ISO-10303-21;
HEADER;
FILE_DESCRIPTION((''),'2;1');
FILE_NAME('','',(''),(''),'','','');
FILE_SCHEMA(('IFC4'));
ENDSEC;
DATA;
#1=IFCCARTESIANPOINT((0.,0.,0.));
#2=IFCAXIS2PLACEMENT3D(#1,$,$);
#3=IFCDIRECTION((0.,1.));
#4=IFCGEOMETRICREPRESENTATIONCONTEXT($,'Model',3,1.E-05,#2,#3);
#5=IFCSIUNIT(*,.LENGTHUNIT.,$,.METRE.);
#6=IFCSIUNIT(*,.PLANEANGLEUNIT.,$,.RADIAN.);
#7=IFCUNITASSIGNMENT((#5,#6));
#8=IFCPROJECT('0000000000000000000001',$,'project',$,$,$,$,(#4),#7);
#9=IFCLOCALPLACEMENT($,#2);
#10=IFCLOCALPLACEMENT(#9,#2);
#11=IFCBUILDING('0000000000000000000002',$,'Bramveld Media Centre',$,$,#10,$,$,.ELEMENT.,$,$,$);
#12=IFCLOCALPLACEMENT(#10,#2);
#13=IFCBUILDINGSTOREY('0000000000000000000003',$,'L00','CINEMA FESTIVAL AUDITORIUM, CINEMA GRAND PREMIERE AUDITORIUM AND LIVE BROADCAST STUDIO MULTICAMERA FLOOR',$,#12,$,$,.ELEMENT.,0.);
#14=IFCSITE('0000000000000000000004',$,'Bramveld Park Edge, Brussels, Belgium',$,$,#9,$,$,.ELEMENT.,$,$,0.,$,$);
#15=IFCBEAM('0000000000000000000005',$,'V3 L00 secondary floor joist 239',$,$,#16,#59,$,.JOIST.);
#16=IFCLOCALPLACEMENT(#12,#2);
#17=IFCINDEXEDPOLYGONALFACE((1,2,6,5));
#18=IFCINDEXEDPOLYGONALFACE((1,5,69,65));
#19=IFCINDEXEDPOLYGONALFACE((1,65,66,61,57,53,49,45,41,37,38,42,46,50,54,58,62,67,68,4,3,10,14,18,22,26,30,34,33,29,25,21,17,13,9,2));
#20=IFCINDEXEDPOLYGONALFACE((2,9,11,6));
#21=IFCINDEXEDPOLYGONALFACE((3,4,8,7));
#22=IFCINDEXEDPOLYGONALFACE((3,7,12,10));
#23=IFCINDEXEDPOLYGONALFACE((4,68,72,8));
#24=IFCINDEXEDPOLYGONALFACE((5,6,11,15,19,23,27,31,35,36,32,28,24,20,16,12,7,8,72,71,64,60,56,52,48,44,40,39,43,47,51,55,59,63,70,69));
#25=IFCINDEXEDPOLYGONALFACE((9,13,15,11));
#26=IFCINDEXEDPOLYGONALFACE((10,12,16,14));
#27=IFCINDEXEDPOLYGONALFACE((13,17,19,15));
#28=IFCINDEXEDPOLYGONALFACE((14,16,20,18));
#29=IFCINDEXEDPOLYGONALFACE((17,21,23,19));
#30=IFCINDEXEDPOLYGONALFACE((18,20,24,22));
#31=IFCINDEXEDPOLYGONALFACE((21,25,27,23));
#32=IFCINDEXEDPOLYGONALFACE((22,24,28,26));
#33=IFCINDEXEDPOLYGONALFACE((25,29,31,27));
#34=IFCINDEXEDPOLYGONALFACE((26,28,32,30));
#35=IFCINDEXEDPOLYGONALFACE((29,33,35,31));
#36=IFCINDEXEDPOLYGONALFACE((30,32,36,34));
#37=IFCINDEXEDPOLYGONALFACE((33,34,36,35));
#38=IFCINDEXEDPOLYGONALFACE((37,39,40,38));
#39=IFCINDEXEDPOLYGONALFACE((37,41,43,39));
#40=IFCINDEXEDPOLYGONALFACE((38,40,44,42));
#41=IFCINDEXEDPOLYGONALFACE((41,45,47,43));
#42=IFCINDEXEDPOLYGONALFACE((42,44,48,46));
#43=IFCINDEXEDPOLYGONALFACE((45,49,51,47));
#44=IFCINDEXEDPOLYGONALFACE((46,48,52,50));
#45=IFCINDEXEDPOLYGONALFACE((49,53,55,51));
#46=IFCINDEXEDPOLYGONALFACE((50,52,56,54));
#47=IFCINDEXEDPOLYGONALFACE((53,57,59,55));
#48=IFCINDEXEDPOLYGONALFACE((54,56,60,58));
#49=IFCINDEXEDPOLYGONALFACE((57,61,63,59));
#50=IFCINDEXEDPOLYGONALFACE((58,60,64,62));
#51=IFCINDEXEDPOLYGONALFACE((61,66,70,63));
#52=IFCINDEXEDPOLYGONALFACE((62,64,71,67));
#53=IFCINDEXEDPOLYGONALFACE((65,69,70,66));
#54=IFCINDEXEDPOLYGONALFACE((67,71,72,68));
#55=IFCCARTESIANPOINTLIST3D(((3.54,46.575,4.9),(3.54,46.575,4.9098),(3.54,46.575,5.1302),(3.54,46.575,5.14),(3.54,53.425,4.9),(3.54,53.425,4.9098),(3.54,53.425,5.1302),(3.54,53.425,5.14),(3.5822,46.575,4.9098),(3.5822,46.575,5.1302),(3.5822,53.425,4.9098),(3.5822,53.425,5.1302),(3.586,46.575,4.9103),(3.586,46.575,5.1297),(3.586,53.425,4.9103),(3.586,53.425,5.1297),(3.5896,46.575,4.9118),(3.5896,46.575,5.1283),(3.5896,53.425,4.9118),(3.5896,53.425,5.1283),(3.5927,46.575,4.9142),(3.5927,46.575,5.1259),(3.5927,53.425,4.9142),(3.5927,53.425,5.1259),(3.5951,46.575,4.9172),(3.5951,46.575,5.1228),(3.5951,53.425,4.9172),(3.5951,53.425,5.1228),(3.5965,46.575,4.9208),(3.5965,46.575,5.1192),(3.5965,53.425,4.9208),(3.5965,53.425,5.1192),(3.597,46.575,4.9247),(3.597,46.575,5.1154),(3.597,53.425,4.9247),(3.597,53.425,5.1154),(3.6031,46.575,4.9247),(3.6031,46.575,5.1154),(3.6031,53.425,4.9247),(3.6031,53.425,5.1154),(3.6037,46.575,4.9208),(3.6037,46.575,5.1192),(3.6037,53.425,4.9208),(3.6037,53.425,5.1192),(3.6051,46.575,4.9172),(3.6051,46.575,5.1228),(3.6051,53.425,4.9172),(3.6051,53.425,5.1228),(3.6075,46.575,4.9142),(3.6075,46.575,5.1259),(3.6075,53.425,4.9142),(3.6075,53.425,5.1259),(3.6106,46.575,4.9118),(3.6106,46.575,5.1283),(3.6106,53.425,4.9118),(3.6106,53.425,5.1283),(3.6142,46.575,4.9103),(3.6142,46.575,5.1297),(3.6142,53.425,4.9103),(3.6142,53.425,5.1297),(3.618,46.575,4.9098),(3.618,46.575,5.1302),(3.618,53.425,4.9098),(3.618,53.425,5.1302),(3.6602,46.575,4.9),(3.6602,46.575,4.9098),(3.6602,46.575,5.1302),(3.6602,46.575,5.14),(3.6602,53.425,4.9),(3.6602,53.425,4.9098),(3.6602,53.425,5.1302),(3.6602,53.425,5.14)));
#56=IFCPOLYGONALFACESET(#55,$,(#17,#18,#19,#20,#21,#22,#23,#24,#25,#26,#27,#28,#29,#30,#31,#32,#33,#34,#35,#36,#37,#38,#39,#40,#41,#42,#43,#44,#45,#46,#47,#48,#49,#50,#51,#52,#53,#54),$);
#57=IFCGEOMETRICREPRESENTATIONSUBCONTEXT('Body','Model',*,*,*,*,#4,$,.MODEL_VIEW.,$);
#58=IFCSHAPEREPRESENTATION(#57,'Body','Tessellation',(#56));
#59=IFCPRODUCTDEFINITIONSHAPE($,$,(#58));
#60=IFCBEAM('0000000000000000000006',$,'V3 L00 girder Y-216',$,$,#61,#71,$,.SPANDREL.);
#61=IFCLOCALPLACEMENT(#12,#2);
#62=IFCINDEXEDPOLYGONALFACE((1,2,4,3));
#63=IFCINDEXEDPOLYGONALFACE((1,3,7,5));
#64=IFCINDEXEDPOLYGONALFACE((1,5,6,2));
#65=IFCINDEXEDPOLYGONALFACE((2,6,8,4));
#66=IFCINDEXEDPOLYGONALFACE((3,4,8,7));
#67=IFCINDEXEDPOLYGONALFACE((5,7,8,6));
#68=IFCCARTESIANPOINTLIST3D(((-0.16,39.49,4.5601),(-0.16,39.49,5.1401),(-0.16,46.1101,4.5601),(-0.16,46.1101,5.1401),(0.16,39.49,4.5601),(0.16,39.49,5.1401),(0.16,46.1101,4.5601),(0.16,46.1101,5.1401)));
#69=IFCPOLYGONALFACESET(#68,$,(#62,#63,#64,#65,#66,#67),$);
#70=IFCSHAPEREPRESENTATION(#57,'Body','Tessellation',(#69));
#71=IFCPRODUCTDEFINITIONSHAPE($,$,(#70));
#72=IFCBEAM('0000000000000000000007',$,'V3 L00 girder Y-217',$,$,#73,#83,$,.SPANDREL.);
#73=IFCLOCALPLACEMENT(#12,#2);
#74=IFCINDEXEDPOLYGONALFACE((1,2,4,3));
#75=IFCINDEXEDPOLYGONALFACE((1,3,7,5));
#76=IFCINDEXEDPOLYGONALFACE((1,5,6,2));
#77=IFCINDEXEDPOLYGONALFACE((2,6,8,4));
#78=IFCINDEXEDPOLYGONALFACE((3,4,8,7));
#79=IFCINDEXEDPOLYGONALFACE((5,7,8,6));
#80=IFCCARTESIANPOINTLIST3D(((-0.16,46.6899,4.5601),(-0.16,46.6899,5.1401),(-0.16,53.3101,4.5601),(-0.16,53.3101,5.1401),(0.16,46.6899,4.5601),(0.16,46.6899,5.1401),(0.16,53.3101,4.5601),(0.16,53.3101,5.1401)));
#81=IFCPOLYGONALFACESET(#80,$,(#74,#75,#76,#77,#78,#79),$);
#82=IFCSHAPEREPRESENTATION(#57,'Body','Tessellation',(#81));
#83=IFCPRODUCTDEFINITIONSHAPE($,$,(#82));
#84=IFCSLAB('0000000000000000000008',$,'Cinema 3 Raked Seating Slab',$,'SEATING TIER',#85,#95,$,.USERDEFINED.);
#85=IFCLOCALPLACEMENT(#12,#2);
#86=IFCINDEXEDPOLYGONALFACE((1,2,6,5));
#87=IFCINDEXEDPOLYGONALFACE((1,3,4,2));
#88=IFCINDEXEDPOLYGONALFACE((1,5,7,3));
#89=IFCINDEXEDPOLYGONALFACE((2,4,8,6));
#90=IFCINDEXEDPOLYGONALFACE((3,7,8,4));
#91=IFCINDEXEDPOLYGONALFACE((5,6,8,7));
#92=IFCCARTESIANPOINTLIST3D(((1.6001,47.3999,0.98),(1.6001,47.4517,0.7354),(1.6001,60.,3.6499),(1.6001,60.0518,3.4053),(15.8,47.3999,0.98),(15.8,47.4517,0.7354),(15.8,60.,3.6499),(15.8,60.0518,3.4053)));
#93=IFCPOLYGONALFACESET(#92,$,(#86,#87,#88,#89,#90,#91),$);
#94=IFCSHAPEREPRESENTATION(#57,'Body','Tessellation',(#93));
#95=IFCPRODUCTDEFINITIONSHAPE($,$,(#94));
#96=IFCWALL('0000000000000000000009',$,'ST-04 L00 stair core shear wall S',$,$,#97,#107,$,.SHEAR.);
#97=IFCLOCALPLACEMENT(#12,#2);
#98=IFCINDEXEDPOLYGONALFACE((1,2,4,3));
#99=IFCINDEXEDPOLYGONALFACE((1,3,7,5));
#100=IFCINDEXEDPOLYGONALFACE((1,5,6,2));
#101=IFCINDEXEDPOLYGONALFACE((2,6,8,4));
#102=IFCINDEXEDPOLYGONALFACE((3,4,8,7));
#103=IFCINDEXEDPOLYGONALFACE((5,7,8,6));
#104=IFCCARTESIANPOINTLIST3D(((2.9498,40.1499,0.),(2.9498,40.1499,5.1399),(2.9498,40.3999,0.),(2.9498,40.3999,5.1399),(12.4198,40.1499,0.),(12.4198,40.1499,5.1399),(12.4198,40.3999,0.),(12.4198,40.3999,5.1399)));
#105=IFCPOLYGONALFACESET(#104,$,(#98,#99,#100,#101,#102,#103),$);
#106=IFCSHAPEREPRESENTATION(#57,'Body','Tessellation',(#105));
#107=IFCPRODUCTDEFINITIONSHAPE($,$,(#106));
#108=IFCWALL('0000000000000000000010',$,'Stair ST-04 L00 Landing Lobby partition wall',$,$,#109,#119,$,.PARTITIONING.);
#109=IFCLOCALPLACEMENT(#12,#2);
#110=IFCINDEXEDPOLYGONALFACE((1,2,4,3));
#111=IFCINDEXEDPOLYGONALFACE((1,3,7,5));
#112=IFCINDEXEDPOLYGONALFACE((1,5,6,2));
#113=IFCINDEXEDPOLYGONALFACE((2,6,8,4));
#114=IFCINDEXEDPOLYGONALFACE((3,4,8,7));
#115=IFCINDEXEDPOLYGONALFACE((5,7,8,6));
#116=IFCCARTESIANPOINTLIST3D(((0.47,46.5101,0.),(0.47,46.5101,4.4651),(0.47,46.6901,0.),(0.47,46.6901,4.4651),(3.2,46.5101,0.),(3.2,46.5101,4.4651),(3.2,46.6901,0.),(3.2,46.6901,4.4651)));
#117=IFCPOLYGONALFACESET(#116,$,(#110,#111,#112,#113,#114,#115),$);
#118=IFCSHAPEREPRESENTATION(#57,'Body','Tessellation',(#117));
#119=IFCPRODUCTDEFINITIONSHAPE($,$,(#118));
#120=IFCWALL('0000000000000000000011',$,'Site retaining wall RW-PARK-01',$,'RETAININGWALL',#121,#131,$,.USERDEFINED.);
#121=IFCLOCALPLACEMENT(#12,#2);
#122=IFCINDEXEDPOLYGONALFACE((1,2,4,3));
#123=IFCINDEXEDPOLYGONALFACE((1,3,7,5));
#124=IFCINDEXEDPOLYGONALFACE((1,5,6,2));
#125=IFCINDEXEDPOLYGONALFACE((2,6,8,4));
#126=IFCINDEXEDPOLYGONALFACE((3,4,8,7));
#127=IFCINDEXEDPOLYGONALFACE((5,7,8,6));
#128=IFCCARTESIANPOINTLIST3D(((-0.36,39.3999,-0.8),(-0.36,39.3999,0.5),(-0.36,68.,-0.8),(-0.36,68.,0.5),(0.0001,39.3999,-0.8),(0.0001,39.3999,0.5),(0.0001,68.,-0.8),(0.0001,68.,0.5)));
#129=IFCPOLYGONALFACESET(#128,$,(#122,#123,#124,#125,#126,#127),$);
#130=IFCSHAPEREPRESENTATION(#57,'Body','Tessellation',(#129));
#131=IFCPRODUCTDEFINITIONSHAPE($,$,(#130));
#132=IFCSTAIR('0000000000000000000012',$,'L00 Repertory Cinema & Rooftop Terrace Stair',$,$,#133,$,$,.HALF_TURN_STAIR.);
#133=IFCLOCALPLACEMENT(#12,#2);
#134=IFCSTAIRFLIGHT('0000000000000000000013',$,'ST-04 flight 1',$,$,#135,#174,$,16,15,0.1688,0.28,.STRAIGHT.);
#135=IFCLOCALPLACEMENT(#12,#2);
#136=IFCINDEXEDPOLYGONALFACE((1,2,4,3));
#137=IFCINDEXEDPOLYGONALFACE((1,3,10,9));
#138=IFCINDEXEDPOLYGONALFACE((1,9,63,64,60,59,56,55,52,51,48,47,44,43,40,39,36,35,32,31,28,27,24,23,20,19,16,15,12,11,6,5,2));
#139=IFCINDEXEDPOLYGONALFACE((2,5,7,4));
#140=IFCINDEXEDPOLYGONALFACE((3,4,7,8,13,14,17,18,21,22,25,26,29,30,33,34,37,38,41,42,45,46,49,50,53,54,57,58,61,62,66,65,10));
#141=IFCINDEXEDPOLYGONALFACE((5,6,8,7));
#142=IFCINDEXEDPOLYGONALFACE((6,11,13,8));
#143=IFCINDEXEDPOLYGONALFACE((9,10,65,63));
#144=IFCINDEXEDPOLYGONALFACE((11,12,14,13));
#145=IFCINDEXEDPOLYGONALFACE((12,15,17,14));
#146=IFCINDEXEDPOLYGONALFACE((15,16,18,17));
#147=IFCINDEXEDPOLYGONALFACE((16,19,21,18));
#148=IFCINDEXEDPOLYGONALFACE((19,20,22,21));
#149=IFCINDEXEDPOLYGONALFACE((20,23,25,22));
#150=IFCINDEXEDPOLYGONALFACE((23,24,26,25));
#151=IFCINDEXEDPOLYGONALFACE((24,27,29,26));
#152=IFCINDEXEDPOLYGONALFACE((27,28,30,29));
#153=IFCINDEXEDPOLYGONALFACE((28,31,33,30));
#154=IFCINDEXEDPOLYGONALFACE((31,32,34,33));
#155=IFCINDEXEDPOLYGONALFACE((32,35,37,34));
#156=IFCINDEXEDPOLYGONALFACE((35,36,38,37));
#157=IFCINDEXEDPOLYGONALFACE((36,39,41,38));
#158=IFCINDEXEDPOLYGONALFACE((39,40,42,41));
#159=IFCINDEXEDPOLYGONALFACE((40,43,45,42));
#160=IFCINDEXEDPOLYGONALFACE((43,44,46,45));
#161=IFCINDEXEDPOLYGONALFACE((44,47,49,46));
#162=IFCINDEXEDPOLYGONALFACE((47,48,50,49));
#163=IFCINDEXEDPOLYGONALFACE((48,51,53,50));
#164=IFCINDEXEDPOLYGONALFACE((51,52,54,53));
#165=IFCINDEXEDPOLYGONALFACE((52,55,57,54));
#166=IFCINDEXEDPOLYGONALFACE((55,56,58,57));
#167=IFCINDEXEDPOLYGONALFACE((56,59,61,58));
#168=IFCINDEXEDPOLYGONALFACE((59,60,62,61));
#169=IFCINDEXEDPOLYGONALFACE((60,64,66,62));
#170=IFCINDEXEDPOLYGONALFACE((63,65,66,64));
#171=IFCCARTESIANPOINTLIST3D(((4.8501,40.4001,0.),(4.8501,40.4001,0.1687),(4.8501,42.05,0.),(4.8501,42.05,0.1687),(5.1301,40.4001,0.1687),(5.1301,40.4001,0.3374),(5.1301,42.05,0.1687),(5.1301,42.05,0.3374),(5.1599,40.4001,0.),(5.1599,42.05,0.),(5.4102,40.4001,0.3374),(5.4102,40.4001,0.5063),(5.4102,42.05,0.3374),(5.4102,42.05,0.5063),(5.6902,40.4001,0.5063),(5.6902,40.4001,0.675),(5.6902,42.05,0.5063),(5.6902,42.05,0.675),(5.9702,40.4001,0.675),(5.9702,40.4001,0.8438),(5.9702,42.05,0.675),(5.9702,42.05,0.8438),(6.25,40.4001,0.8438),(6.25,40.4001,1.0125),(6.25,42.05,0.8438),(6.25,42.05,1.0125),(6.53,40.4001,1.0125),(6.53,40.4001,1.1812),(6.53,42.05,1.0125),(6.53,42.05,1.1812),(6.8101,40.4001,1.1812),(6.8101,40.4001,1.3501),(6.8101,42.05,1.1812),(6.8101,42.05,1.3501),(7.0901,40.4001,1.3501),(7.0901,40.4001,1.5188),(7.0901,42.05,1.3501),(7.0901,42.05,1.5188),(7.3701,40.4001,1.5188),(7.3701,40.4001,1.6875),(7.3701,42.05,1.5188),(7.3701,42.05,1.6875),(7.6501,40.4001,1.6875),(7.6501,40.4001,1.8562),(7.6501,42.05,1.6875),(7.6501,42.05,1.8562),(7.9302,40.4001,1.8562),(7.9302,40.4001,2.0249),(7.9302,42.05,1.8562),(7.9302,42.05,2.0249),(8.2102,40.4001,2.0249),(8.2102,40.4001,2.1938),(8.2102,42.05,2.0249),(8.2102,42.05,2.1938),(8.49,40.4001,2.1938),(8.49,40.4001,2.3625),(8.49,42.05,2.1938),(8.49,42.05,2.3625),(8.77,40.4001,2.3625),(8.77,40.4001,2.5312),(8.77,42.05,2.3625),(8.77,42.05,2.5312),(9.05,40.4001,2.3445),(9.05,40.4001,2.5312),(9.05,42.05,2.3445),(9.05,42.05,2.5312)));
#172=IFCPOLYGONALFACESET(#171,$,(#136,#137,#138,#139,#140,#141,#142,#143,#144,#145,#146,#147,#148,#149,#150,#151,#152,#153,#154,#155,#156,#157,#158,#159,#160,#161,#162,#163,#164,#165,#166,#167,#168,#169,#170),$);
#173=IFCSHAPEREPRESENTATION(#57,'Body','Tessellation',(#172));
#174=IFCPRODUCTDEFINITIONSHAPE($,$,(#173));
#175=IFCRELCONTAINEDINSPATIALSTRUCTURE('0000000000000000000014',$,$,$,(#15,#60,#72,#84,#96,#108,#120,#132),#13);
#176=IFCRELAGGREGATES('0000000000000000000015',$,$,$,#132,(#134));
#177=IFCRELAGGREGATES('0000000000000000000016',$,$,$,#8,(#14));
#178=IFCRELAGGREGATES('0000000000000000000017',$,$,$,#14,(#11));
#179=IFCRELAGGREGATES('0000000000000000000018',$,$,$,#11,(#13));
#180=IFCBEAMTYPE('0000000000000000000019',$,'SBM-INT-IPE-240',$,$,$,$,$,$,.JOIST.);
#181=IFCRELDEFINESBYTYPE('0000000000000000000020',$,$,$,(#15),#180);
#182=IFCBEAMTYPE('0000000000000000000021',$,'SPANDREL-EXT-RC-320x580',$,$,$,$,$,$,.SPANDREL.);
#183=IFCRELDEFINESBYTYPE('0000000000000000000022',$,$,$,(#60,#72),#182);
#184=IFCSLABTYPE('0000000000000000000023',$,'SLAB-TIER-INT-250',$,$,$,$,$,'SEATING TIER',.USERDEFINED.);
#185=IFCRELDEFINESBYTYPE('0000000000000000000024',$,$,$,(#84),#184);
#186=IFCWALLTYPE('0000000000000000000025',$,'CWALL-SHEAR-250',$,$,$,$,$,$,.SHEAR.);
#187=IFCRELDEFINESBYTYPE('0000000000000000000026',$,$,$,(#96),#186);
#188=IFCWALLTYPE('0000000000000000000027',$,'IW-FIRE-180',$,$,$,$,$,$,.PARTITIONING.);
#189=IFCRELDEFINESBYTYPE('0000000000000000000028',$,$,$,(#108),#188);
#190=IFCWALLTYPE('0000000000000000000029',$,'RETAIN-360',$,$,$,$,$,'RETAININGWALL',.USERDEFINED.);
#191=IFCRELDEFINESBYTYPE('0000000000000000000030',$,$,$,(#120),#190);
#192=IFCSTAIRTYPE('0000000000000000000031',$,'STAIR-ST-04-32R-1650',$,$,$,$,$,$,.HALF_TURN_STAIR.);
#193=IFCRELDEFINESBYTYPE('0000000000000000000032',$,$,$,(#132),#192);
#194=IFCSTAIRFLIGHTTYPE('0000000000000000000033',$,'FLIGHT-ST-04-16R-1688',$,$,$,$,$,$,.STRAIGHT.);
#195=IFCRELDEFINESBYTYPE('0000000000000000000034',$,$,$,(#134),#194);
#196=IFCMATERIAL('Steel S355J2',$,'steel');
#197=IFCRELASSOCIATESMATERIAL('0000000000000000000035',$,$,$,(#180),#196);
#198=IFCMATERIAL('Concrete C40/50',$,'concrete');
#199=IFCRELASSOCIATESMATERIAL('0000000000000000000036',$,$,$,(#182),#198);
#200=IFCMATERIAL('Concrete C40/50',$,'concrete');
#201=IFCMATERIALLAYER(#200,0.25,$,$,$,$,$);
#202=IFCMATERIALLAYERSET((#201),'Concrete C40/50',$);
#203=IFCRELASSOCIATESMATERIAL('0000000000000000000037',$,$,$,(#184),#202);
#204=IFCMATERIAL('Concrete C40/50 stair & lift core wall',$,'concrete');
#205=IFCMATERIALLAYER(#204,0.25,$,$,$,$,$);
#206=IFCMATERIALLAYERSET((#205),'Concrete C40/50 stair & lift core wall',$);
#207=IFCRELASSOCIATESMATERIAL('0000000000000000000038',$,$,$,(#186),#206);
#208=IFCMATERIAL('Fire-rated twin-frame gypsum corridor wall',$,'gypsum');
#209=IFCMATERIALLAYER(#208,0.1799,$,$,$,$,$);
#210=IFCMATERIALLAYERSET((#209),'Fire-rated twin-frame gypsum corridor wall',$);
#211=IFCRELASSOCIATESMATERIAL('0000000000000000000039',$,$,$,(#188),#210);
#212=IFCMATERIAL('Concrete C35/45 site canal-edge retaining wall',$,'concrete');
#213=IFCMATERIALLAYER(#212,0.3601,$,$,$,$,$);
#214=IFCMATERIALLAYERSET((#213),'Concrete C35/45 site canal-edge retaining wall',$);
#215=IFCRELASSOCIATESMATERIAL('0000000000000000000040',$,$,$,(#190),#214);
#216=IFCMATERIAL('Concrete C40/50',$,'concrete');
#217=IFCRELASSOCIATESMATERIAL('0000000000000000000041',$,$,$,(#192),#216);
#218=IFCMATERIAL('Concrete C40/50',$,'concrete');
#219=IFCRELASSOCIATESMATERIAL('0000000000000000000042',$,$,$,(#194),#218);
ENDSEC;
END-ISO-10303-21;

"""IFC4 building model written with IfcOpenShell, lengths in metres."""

from ifc_helpers import new_model, si_unit, direction, frame, frame_2d, origin, origin_2d, place, context, subcontext, project, spatial, polyline, rectangle, i_section, outline, extrude, material, layer, layer_set, material_profile, profile_set, type_object, element, aggregate, save


model = new_model("IFC4")

# Units and contexts
model_context = context("Model", 3, precision=1e-05, world=origin(), true_north=direction((0.0, 1.0)))
body_context = subcontext(model_context, "Body", "Model", "MODEL_VIEW")
ifc_project = project(units=[si_unit("LENGTHUNIT", "METRE"), si_unit("PLANEANGLEUNIT", "RADIAN")], contexts=[model_context])

# Site, building, storey
site_placement = place(None, origin())
site = spatial("IfcSite", under=ifc_project, at=site_placement, Name="Bramveld Park Edge, Brussels, Belgium", CompositionType="ELEMENT", RefElevation=0.0)
building_placement = place(site_placement, origin())
building = spatial("IfcBuilding", under=site, at=building_placement, Name="Bramveld Media Centre", CompositionType="ELEMENT")
storey_placement = place(building_placement, origin())
storey = spatial("IfcBuildingStorey", under=building, at=storey_placement, Name="L00", Description="CINEMA FESTIVAL AUDITORIUM, CINEMA GRAND PREMIERE AUDITORIUM AND LIVE BROADCAST STUDIO MULTICAMERA FLOOR", CompositionType="ELEMENT", Elevation=0.0)

# Beams
ifc_material_1 = material(Name="Steel S355J2", Category="steel")
ifc_material_profile_1 = material_profile(ifc_material_1, i_section(OverallWidth=0.1201, OverallDepth=0.24, WebThickness=0.0061, FlangeThickness=0.0098, FilletRadius=0.0149, at=origin_2d()), Name="IPE 240")
ifc_profile_set_1 = profile_set([ifc_material_profile_1], Name="Steel S355J2")
beam_type_1 = type_object("IfcBeamType", Name="SBM-INT-IPE-240", PredefinedType="JOIST", material=ifc_profile_set_1)
beam_1_placement = place(storey_placement, frame((3.6001, 46.575, 5.02), z_axis=(0.0, 1.0, 0.0), x_axis=(-1.0, 0.0, 0.0)))
element("IfcBeam", 1, at=beam_1_placement, inside=storey, type_object=beam_type_1, Name="V3 L00 secondary floor joist 239", PredefinedType="JOIST", context=body_context, shape_type="SweptSolid", body=[
    extrude(i_section(OverallWidth=0.1201, OverallDepth=0.24, WebThickness=0.0061, FlangeThickness=0.0098, FilletRadius=0.0149, at=origin_2d()), origin(), (0.0, 0.0, 1.0), 6.8501),
])
ifc_material_2 = material(Name="Concrete C40/50", Category="concrete")
ifc_material_profile_2 = material_profile(ifc_material_2, rectangle(XDim=0.3201, YDim=0.5801, at=origin_2d()), Name="RC 320x580")
ifc_profile_set_2 = profile_set([ifc_material_profile_2], Name="Concrete C40/50")
beam_type_2 = type_object("IfcBeamType", Name="SPANDREL-EXT-RC-320x580", PredefinedType="SPANDREL", material=ifc_profile_set_2)
for number, where, z_axis, x_axis, name in (
    (2, (0.0, 39.49, 4.8501), (0.0, 1.0, 0.0), (-1.0, 0.0, 0.0), "V3 L00 girder Y-216"),
    (3, (0.0, 46.6899, 4.8501), (0.0, 1.0, 0.0), (-1.0, 0.0, 0.0), "V3 L00 girder Y-217"),
):
    element("IfcBeam", number, at=place(storey_placement, frame(where, z_axis=z_axis, x_axis=x_axis)), inside=storey, type_object=beam_type_2, Name=name, PredefinedType="SPANDREL", context=body_context, shape_type="SweptSolid", body=[
        extrude(rectangle(XDim=0.3201, YDim=0.5801, at=origin_2d()), origin(), (0.0, 0.0, 1.0), 6.6201),
    ])

# Slab
ifc_material_3 = material(Name="Concrete C40/50", Category="concrete")
ifc_layer_1 = layer(ifc_material_3, 0.25)
ifc_layer_set_1 = layer_set([ifc_layer_1], Name="Concrete C40/50")
slab_type = type_object("IfcSlabType", Name="SLAB-TIER-INT-250", ElementType="SEATING TIER", PredefinedType="USERDEFINED", material=ifc_layer_set_1)
slab_placement = place(storey_placement, frame((1.6001, 47.3999, 0.98), z_axis=(0.0, -0.207294, 0.978279), x_axis=(1.0, 0.0, 0.0)))
element("IfcSlab", 4, at=slab_placement, inside=storey, type_object=slab_type, Name="Cinema 3 Raked Seating Slab", ObjectType="SEATING TIER", PredefinedType="USERDEFINED", context=body_context, shape_type="SweptSolid", body=[
    extrude(outline(polyline([(0.0, 0.0), (14.2, 0.0), (14.2, 12.8799), (0.0, 12.8799), (0.0, 0.0)])), origin(), (0.0, 0.0, -1.0), 0.25),
])

# Wall
ifc_material_4 = material(Name="Concrete C40/50 stair & lift core wall", Category="concrete")
ifc_layer_2 = layer(ifc_material_4, 0.25)
ifc_layer_set_2 = layer_set([ifc_layer_2], Name="Concrete C40/50 stair & lift core wall")
wall_type_1 = type_object("IfcWallType", Name="CWALL-SHEAR-250", PredefinedType="SHEAR", material=ifc_layer_set_2)
wall_1_placement = place(storey_placement, frame((2.95, 40.2749, 0.0), z_axis=(0.0, 0.0, 1.0), x_axis=(1.0, 0.0, 0.0)))
element("IfcWall", 5, at=wall_1_placement, inside=storey, type_object=wall_type_1, Name="ST-04 L00 stair core shear wall S", PredefinedType="SHEAR", context=body_context, shape_type="SweptSolid", body=[
    extrude(rectangle(XDim=9.47, YDim=0.25, at=frame_2d((4.7349, 0.0))), origin(), (0.0, 0.0, 1.0), 5.1399),
])

# Walls
ifc_material_5 = material(Name="Fire-rated twin-frame gypsum corridor wall", Category="gypsum")
ifc_layer_3 = layer(ifc_material_5, 0.1799)
ifc_layer_set_3 = layer_set([ifc_layer_3], Name="Fire-rated twin-frame gypsum corridor wall")
wall_type_2 = type_object("IfcWallType", Name="IW-FIRE-180", PredefinedType="PARTITIONING", material=ifc_layer_set_3)
wall_2_placement = place(storey_placement, frame((0.47, 46.6001, 0.0), z_axis=(0.0, 0.0, 1.0), x_axis=(1.0, 0.0, 0.0)))
element("IfcWall", 6, at=wall_2_placement, inside=storey, type_object=wall_type_2, Name="Stair ST-04 L00 Landing Lobby partition wall", PredefinedType="PARTITIONING", context=body_context, shape_type="SweptSolid", body=[
    extrude(rectangle(XDim=2.73, YDim=0.1799, at=frame_2d((1.365, 0.0))), origin(), (0.0, 0.0, 1.0), 4.4651),
])
ifc_material_6 = material(Name="Concrete C35/45 site canal-edge retaining wall", Category="concrete")
ifc_layer_4 = layer(ifc_material_6, 0.3601)
ifc_layer_set_4 = layer_set([ifc_layer_4], Name="Concrete C35/45 site canal-edge retaining wall")
wall_type_3 = type_object("IfcWallType", Name="RETAIN-360", ElementType="RETAININGWALL", PredefinedType="USERDEFINED", material=ifc_layer_set_4)
wall_3_placement = place(storey_placement, frame((-0.1799, 39.3999, -0.8), z_axis=(0.0, 0.0, 1.0), x_axis=(0.0, 1.0, 0.0)))
element("IfcWall", 7, at=wall_3_placement, inside=storey, type_object=wall_type_3, Name="Site retaining wall RW-PARK-01", ObjectType="RETAININGWALL", PredefinedType="USERDEFINED", context=body_context, shape_type="SweptSolid", body=[
    extrude(rectangle(XDim=28.6001, YDim=0.3601, at=frame_2d((14.3, 0.0))), origin(), (0.0, 0.0, 1.0), 1.3),
])

# Stair, stair flight
ifc_material_7 = material(Name="Concrete C40/50", Category="concrete")
stair_type = type_object("IfcStairType", Name="STAIR-ST-04-32R-1650", PredefinedType="HALF_TURN_STAIR", material=ifc_material_7)
stair_placement = place(storey_placement, origin())
stair = element("IfcStair", 8, at=stair_placement, inside=storey, type_object=stair_type, Name="L00 Repertory Cinema & Rooftop Terrace Stair", PredefinedType="HALF_TURN_STAIR")
ifc_material_8 = material(Name="Concrete C40/50", Category="concrete")
stair_flight_type = type_object("IfcStairFlightType", Name="FLIGHT-ST-04-16R-1688", PredefinedType="STRAIGHT", material=ifc_material_8)
stair_flight_placement = place(storey_placement, frame((4.8501, 41.2251, 0.0), z_axis=(0.0, 0.0, 1.0), x_axis=(1.0, 0.0, 0.0)))
stair_flight = element("IfcStairFlight", 9, at=stair_flight_placement, type_object=stair_flight_type, Name="ST-04 flight 1", NumberOfRisers=16, NumberOfTreads=15, PredefinedType="STRAIGHT", RiserHeight=0.1688, TreadLength=0.28, context=body_context, shape_type="SweptSolid", body=[
    extrude(outline(polyline([(0.0, 0.0), (0.0, 0.1687), (0.28, 0.1687), (0.28, 0.3374), (0.5601, 0.3374), (0.5601, 0.5063), (0.8401, 0.5063), (0.8401, 0.675), (1.1201, 0.675), (1.1201, 0.8438), (1.3999, 0.8438), (1.3999, 1.0125), (1.6799, 1.0125), (1.6799, 1.1812), (1.96, 1.1812), (1.96, 1.3501), (2.24, 1.3501), (2.24, 1.5188), (2.52, 1.5188), (2.52, 1.6875), (2.8, 1.6875), (2.8, 1.8562), (3.0801, 1.8562), (3.0801, 2.0249), (3.3601, 2.0249), (3.3601, 2.1938), (3.6399, 2.1938), (3.6399, 2.3625), (3.9199, 2.3625), (3.9199, 2.5312), (4.2, 2.5312), (4.2, 2.7), (4.2, 2.3445), (0.3098, 0.0), (0.0, 0.0)])), frame((0.0, 0.825, 0.0), z_axis=(0.0, -1.0, 0.0), x_axis=(1.0, 0.0, 0.0)), (0.0, 0.0, 1.0), 1.6499),
])
aggregate(stair, [stair_flight])

save(model, "model.ifc")
